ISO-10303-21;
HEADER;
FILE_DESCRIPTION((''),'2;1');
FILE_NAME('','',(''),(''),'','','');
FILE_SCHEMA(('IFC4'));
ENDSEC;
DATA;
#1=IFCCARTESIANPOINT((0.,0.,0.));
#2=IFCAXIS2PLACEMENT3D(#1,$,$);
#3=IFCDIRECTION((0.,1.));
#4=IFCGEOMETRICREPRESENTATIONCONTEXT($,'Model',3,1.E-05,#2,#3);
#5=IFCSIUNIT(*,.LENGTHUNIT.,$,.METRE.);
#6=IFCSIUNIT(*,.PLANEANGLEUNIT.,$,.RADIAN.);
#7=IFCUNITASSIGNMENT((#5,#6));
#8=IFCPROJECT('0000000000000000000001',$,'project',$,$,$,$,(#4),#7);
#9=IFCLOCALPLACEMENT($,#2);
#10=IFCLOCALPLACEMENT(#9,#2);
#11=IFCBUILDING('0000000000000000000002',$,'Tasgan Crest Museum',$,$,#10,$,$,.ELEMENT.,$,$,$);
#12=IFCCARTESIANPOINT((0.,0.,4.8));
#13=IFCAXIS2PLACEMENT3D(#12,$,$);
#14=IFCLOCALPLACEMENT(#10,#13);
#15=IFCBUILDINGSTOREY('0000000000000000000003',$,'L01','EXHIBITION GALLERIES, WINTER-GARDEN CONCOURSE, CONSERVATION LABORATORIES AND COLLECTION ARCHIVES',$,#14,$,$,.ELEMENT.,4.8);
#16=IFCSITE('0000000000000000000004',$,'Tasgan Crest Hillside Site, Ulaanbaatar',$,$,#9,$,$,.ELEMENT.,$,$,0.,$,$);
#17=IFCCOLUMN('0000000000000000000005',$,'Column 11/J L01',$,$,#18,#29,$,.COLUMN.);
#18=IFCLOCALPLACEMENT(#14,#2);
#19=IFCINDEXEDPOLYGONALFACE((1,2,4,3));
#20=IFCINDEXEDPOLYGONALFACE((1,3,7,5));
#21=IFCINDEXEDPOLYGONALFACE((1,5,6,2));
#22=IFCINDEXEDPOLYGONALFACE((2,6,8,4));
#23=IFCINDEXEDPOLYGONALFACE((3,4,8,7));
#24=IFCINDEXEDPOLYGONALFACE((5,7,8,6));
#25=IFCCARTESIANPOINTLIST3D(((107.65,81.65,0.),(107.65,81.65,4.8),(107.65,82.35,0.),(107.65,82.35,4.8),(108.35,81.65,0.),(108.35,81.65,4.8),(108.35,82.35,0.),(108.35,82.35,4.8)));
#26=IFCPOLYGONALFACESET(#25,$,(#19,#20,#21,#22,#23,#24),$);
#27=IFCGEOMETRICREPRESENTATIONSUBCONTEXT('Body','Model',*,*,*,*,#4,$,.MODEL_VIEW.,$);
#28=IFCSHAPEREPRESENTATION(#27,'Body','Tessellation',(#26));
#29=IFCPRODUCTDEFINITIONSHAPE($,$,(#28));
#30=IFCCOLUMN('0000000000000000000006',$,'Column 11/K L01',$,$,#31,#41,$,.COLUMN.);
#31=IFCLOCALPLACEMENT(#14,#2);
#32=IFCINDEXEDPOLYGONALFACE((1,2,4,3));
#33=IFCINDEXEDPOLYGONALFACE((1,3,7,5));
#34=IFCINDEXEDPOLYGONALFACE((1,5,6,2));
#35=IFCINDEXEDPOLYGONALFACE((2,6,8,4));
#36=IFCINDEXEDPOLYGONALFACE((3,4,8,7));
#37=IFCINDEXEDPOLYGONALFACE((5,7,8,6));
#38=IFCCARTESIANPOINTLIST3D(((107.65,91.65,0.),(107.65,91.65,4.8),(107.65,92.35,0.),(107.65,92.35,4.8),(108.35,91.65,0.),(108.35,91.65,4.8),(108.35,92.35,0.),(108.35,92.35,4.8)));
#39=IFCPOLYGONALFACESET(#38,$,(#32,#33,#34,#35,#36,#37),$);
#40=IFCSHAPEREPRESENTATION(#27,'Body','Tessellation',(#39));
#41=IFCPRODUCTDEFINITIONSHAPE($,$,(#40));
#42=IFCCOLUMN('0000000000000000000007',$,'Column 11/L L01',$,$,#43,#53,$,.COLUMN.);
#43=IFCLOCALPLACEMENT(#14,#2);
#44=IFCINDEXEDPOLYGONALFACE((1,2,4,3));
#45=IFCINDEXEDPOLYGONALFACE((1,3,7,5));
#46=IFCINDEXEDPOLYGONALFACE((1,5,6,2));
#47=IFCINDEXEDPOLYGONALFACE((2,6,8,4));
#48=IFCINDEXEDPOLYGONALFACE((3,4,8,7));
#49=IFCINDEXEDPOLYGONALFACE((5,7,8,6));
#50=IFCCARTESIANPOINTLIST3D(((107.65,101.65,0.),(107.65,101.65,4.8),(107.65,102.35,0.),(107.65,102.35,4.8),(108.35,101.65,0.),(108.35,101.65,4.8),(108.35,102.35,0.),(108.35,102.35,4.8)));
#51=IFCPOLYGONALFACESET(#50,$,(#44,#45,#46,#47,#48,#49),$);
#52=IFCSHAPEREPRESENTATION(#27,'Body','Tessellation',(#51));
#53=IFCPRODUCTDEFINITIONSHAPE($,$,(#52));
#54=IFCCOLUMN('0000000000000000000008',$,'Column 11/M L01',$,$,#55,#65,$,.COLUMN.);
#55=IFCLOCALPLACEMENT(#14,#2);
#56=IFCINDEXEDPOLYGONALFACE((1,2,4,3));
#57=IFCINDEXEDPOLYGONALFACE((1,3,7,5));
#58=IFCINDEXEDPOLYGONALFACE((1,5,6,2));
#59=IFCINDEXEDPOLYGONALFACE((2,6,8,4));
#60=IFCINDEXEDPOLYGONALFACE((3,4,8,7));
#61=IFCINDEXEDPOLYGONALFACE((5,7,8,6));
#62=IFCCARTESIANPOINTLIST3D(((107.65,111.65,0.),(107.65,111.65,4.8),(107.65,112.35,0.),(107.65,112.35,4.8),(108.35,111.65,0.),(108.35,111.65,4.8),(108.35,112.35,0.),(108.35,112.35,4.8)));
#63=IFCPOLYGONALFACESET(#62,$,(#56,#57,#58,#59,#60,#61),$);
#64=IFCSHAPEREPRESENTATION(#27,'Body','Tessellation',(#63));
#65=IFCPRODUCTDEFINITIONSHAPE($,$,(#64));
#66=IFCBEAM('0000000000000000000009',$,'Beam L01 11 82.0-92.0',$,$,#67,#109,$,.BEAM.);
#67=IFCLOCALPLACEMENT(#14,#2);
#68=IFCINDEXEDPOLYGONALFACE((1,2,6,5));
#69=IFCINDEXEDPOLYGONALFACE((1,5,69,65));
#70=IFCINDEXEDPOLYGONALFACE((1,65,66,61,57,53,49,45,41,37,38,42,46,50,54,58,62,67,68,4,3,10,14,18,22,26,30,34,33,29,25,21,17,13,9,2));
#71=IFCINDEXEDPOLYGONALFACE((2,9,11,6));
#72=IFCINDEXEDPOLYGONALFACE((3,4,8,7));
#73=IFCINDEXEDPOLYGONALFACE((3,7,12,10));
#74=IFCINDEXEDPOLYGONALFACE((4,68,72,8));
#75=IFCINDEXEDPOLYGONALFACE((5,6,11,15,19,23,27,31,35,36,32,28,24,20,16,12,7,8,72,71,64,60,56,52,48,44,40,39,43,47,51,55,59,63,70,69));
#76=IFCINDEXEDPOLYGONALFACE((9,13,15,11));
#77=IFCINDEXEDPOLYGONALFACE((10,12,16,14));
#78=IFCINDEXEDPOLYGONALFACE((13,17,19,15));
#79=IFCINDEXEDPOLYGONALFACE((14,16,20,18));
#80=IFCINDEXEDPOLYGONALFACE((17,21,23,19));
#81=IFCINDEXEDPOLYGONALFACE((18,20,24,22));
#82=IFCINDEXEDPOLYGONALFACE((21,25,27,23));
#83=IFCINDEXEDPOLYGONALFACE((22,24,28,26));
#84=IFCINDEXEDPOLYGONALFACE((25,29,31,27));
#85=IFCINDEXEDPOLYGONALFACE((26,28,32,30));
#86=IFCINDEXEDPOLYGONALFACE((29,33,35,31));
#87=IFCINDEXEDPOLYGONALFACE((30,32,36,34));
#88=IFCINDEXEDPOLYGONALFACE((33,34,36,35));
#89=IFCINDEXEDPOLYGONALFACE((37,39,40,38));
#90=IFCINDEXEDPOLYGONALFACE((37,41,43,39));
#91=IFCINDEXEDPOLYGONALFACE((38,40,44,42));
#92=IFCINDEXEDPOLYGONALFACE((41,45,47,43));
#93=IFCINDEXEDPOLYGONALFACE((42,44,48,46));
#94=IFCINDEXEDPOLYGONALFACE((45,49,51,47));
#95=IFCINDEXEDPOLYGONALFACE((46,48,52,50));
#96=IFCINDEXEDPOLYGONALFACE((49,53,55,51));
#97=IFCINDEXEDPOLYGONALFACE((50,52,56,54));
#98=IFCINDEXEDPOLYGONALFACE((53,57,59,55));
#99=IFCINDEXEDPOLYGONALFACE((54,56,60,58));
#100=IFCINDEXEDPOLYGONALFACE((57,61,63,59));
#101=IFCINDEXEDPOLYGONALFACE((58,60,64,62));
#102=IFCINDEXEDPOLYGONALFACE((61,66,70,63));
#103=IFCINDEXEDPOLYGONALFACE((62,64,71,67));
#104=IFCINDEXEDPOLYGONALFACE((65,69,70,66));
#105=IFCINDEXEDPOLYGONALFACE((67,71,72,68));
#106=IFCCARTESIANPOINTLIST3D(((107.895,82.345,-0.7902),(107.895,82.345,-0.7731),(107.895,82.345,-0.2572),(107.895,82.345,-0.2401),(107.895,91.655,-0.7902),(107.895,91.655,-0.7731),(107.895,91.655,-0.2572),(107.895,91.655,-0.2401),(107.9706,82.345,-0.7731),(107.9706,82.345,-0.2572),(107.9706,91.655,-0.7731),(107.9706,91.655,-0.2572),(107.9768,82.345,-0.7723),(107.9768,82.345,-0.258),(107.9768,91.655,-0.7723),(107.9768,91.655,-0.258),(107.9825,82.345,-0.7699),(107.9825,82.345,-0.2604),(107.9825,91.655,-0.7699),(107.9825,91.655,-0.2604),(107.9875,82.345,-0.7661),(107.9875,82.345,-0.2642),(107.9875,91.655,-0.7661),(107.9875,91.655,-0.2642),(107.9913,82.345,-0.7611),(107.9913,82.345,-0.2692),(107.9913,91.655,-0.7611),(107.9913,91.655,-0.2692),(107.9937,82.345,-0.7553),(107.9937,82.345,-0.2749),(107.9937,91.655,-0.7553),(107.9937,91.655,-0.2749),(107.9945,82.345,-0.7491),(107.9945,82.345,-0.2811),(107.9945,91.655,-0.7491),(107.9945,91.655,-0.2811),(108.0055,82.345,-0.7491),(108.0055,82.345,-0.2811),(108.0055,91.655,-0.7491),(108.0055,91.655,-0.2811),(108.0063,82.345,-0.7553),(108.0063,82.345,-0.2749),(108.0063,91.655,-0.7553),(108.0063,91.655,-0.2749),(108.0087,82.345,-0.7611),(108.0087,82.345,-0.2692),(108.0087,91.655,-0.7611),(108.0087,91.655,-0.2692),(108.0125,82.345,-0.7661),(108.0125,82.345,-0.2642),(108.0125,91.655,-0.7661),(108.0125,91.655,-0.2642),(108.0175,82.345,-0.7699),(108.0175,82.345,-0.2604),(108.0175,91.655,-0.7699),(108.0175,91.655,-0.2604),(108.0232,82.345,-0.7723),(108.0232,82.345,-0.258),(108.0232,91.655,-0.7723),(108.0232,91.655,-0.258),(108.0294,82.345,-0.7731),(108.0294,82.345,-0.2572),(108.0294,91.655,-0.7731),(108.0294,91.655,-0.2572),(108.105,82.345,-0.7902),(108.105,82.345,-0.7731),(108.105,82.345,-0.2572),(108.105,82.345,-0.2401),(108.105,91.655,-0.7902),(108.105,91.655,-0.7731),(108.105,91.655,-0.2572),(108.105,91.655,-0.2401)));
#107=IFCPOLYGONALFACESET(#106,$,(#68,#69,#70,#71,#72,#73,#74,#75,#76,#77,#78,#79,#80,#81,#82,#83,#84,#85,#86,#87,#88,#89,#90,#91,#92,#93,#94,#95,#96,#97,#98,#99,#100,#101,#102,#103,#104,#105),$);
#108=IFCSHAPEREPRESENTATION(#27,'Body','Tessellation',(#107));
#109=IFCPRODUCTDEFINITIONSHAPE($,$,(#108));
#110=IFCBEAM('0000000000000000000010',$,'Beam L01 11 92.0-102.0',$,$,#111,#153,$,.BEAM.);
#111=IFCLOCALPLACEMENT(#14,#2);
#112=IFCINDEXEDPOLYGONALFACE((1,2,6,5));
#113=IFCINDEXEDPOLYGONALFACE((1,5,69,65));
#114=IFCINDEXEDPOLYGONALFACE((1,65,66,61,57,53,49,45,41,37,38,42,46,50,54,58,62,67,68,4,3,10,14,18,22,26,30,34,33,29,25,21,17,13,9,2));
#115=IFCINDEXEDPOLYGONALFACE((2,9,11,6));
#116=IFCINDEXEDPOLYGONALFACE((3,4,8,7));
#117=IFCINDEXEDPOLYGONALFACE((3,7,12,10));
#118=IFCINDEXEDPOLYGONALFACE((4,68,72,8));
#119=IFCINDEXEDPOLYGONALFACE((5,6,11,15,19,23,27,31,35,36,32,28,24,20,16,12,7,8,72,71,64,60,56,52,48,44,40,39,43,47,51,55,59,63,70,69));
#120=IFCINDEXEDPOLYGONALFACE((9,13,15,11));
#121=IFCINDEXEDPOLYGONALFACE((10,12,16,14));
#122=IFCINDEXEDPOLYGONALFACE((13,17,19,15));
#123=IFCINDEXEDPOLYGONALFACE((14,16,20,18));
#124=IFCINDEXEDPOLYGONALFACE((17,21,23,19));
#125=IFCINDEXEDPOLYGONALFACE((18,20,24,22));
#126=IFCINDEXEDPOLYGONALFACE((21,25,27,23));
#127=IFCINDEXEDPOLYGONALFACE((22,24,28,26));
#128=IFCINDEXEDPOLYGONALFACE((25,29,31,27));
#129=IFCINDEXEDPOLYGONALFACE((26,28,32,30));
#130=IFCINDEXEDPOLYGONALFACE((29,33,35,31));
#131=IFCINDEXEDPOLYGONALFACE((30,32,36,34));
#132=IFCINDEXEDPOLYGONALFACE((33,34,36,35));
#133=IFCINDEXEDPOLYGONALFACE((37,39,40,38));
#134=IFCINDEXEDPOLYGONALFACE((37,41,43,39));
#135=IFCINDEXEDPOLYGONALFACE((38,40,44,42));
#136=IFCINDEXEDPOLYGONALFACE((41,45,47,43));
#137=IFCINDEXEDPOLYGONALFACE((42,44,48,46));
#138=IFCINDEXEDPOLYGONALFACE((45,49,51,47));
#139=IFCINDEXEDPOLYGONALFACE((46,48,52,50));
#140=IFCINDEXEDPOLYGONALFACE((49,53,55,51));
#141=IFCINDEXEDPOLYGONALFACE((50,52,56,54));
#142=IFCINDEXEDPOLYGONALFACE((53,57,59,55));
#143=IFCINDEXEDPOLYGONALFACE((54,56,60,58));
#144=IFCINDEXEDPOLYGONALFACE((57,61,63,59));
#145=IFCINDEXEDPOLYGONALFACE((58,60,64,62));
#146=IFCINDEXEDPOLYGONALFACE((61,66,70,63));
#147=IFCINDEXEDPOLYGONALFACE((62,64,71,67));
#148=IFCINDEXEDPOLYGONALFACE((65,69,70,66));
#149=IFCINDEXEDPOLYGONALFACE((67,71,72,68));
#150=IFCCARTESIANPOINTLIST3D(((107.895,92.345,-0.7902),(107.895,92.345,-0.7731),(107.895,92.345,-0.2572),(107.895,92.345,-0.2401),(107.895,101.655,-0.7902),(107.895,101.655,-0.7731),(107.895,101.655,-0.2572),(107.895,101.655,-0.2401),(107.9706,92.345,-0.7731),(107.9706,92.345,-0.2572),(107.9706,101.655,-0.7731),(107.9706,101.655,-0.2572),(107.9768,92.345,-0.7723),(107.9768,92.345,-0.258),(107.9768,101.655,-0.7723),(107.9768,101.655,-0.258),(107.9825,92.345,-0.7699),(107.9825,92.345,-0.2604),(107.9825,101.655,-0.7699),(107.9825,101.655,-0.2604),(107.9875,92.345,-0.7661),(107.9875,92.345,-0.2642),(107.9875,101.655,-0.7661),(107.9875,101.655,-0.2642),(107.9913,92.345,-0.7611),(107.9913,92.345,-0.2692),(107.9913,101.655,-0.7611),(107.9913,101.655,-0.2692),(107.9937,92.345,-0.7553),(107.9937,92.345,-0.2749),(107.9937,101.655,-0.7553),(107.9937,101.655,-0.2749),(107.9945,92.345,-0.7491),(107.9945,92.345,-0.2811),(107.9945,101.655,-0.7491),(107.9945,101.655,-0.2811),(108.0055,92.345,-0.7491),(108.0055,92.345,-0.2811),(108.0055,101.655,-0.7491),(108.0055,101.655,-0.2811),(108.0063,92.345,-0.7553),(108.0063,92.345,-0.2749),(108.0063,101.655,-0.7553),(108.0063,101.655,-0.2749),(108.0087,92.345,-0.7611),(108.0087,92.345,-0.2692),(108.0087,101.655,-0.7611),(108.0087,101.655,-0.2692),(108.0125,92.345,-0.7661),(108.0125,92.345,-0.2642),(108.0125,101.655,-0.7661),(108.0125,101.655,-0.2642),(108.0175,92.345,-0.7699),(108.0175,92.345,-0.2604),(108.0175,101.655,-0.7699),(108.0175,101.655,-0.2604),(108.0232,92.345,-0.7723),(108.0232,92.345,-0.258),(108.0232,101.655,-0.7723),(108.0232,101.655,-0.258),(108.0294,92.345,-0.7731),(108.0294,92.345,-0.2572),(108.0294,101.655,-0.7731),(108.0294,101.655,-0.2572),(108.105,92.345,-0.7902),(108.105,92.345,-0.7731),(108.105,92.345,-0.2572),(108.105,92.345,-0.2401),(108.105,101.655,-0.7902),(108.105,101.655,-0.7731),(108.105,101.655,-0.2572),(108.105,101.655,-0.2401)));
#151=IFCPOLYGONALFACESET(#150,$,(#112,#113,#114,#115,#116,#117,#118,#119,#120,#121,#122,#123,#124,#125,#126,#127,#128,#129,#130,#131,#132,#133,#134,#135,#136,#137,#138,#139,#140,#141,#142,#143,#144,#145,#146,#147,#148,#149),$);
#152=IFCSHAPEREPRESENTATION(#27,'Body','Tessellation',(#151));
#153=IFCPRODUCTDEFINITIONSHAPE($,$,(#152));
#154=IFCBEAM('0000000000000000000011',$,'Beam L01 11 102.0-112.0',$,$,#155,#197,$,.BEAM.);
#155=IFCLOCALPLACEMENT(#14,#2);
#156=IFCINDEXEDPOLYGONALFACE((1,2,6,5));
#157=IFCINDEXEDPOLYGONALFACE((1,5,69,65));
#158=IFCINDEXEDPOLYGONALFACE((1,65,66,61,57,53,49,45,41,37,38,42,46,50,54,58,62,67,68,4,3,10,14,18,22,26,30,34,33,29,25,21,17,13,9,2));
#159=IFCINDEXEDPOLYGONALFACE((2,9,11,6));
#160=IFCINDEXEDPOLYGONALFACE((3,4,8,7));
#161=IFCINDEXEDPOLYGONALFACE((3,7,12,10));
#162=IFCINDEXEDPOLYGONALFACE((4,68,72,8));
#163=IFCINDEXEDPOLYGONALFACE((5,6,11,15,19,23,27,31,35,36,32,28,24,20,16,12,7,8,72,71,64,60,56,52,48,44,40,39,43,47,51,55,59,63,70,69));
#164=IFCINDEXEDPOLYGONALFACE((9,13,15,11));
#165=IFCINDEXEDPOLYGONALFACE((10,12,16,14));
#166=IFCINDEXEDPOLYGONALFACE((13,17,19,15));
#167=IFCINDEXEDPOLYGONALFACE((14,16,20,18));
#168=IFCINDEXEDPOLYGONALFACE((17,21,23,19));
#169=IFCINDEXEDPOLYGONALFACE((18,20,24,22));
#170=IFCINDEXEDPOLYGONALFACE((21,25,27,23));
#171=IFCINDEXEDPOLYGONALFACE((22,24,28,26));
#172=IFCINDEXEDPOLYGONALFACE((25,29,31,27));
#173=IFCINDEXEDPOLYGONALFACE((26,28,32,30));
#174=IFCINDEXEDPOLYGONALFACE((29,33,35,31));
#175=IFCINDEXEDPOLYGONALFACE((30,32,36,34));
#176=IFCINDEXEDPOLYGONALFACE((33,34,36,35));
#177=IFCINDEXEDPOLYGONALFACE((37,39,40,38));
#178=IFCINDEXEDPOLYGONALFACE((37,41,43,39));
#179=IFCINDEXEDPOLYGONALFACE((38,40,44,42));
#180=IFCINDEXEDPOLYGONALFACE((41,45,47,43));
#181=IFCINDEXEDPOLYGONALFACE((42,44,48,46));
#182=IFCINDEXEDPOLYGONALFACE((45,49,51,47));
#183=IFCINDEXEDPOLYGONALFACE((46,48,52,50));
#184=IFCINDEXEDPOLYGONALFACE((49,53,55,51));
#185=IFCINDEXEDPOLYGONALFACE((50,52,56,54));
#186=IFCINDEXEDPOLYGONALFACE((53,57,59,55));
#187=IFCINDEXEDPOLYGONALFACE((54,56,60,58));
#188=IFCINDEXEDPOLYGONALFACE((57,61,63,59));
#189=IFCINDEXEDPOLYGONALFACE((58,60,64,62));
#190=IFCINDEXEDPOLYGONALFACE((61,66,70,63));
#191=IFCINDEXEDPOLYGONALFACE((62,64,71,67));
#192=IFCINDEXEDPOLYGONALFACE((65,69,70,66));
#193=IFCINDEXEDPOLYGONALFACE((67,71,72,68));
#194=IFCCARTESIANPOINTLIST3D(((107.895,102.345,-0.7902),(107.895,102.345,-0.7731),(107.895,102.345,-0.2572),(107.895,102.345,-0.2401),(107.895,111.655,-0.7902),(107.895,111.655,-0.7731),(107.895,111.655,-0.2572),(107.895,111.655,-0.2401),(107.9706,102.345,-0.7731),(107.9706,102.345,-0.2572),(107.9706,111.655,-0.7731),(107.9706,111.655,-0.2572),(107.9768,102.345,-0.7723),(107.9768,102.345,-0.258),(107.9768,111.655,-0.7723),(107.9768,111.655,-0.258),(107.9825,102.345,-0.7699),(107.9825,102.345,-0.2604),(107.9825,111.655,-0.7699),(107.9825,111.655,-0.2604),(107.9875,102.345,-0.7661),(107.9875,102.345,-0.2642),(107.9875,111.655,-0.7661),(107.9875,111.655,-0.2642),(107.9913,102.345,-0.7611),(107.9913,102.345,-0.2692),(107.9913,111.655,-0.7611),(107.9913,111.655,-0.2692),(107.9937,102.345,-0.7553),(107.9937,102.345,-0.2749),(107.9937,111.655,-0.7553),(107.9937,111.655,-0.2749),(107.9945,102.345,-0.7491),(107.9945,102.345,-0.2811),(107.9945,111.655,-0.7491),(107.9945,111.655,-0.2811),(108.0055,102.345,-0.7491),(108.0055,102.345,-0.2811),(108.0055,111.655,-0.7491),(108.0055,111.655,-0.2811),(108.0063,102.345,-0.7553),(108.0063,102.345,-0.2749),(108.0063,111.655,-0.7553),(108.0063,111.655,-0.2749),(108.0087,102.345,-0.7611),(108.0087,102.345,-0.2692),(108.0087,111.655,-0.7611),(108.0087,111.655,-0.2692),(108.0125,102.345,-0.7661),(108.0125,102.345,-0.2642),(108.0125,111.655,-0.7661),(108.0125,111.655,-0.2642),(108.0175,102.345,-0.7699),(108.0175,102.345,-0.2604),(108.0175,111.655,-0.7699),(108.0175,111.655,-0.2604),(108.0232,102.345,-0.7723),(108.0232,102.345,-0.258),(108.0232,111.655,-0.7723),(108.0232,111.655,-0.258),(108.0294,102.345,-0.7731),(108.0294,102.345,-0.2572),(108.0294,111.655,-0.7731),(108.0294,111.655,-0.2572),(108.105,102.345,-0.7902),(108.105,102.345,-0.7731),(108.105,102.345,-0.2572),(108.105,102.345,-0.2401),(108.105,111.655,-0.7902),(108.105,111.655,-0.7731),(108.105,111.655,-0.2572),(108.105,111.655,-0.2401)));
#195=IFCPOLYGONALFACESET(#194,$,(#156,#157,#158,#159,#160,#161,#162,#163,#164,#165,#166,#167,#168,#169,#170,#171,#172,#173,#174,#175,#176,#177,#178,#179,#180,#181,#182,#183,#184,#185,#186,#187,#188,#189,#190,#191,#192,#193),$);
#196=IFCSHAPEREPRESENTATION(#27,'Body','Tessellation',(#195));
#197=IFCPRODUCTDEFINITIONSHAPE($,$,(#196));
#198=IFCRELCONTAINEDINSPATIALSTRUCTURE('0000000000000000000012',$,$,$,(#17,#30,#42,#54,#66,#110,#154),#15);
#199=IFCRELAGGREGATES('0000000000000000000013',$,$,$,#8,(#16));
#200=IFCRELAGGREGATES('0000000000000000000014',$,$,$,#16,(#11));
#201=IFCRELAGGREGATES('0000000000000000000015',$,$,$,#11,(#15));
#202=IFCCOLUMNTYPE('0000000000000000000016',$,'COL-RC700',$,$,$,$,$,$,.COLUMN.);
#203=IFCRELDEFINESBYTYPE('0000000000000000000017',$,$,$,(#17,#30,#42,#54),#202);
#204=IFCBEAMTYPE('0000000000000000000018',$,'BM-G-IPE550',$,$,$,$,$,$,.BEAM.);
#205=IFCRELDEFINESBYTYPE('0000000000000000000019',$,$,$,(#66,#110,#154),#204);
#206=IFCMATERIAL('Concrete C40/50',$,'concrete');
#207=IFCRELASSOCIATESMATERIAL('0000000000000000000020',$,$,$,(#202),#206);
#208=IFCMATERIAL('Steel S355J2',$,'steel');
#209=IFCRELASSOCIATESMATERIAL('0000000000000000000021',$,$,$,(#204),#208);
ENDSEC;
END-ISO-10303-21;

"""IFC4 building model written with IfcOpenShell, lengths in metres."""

from ifc_helpers import new_model, si_unit, direction, frame, origin, origin_2d, place, context, subcontext, project, spatial, rectangle, i_section, extrude, material, material_profile, profile_set, type_object, element, save


model = new_model("IFC4")

# Units and contexts
model_context = context("Model", 3, precision=1e-05, world=origin(), true_north=direction((0.0, 1.0)))
body_context = subcontext(model_context, "Body", "Model", "MODEL_VIEW")
ifc_project = project(units=[si_unit("LENGTHUNIT", "METRE"), si_unit("PLANEANGLEUNIT", "RADIAN")], contexts=[model_context])

# Site, building, storey
site_placement = place(None, origin())
site = spatial("IfcSite", under=ifc_project, at=site_placement, Name="Tasgan Crest Hillside Site, Ulaanbaatar", CompositionType="ELEMENT", RefElevation=0.0)
building_placement = place(site_placement, origin())
building = spatial("IfcBuilding", under=site, at=building_placement, Name="Tasgan Crest Museum", CompositionType="ELEMENT")
storey_placement = place(building_placement, frame((0.0, 0.0, 4.8)))
storey = spatial("IfcBuildingStorey", under=building, at=storey_placement, Name="L01", Description="EXHIBITION GALLERIES, WINTER-GARDEN CONCOURSE, CONSERVATION LABORATORIES AND COLLECTION ARCHIVES", CompositionType="ELEMENT", Elevation=4.8)

# Columns
ifc_material_1 = material(Name="Concrete C40/50", Category="concrete")
ifc_material_profile_1 = material_profile(ifc_material_1, rectangle(XDim=0.7, YDim=0.7, at=origin_2d()), Name="RC 700x700")
ifc_profile_set_1 = profile_set([ifc_material_profile_1], Name="Concrete C40/50")
column_type = type_object("IfcColumnType", Name="COL-RC700", PredefinedType="COLUMN", material=ifc_profile_set_1)
for number, where, z_axis, x_axis, name in (
    (1, (108.0, 82.0, 0.0), (0.0, 0.0, 1.0), (1.0, 0.0, 0.0), "Column 11/J L01"),
    (2, (108.0, 92.0, 0.0), (0.0, 0.0, 1.0), (1.0, 0.0, 0.0), "Column 11/K L01"),
    (3, (108.0, 102.0, 0.0), (0.0, 0.0, 1.0), (1.0, 0.0, 0.0), "Column 11/L L01"),
    (4, (108.0, 112.0, 0.0), (0.0, 0.0, 1.0), (1.0, 0.0, 0.0), "Column 11/M L01"),
):
    element("IfcColumn", number, at=place(storey_placement, frame(where, z_axis=z_axis, x_axis=x_axis)), inside=storey, type_object=column_type, Name=name, PredefinedType="COLUMN", context=body_context, shape_type="SweptSolid", body=[
        extrude(rectangle(XDim=0.7, YDim=0.7, at=origin_2d()), origin(), (0.0, 0.0, 1.0), 4.8),
    ])

# Beams
ifc_material_2 = material(Name="Steel S355J2", Category="steel")
ifc_material_profile_2 = material_profile(ifc_material_2, i_section(OverallWidth=0.21, OverallDepth=0.55, WebThickness=0.011, FlangeThickness=0.0171, FilletRadius=0.0239, at=origin_2d()), Name="IPE 550")
ifc_profile_set_2 = profile_set([ifc_material_profile_2], Name="Steel S355J2")
beam_type = type_object("IfcBeamType", Name="BM-G-IPE550", PredefinedType="BEAM", material=ifc_profile_set_2)
for number, where, z_axis, x_axis, name in (
    (5, (108.0, 82.345, -0.5151), (0.0, 1.0, 0.0), (-1.0, 0.0, 0.0), "Beam L01 11 82.0-92.0"),
    (6, (108.0, 92.345, -0.5151), (0.0, 1.0, 0.0), (-1.0, 0.0, 0.0), "Beam L01 11 92.0-102.0"),
    (7, (108.0, 102.345, -0.5151), (0.0, 1.0, 0.0), (-1.0, 0.0, 0.0), "Beam L01 11 102.0-112.0"),
):
    element("IfcBeam", number, at=place(storey_placement, frame(where, z_axis=z_axis, x_axis=x_axis)), inside=storey, type_object=beam_type, Name=name, PredefinedType="BEAM", context=body_context, shape_type="SweptSolid", body=[
        extrude(i_section(OverallWidth=0.21, OverallDepth=0.55, WebThickness=0.011, FlangeThickness=0.0171, FilletRadius=0.0239, at=origin_2d()), origin(), (0.0, 0.0, 1.0), 9.3101),
    ])

save(model, "model.ifc")
